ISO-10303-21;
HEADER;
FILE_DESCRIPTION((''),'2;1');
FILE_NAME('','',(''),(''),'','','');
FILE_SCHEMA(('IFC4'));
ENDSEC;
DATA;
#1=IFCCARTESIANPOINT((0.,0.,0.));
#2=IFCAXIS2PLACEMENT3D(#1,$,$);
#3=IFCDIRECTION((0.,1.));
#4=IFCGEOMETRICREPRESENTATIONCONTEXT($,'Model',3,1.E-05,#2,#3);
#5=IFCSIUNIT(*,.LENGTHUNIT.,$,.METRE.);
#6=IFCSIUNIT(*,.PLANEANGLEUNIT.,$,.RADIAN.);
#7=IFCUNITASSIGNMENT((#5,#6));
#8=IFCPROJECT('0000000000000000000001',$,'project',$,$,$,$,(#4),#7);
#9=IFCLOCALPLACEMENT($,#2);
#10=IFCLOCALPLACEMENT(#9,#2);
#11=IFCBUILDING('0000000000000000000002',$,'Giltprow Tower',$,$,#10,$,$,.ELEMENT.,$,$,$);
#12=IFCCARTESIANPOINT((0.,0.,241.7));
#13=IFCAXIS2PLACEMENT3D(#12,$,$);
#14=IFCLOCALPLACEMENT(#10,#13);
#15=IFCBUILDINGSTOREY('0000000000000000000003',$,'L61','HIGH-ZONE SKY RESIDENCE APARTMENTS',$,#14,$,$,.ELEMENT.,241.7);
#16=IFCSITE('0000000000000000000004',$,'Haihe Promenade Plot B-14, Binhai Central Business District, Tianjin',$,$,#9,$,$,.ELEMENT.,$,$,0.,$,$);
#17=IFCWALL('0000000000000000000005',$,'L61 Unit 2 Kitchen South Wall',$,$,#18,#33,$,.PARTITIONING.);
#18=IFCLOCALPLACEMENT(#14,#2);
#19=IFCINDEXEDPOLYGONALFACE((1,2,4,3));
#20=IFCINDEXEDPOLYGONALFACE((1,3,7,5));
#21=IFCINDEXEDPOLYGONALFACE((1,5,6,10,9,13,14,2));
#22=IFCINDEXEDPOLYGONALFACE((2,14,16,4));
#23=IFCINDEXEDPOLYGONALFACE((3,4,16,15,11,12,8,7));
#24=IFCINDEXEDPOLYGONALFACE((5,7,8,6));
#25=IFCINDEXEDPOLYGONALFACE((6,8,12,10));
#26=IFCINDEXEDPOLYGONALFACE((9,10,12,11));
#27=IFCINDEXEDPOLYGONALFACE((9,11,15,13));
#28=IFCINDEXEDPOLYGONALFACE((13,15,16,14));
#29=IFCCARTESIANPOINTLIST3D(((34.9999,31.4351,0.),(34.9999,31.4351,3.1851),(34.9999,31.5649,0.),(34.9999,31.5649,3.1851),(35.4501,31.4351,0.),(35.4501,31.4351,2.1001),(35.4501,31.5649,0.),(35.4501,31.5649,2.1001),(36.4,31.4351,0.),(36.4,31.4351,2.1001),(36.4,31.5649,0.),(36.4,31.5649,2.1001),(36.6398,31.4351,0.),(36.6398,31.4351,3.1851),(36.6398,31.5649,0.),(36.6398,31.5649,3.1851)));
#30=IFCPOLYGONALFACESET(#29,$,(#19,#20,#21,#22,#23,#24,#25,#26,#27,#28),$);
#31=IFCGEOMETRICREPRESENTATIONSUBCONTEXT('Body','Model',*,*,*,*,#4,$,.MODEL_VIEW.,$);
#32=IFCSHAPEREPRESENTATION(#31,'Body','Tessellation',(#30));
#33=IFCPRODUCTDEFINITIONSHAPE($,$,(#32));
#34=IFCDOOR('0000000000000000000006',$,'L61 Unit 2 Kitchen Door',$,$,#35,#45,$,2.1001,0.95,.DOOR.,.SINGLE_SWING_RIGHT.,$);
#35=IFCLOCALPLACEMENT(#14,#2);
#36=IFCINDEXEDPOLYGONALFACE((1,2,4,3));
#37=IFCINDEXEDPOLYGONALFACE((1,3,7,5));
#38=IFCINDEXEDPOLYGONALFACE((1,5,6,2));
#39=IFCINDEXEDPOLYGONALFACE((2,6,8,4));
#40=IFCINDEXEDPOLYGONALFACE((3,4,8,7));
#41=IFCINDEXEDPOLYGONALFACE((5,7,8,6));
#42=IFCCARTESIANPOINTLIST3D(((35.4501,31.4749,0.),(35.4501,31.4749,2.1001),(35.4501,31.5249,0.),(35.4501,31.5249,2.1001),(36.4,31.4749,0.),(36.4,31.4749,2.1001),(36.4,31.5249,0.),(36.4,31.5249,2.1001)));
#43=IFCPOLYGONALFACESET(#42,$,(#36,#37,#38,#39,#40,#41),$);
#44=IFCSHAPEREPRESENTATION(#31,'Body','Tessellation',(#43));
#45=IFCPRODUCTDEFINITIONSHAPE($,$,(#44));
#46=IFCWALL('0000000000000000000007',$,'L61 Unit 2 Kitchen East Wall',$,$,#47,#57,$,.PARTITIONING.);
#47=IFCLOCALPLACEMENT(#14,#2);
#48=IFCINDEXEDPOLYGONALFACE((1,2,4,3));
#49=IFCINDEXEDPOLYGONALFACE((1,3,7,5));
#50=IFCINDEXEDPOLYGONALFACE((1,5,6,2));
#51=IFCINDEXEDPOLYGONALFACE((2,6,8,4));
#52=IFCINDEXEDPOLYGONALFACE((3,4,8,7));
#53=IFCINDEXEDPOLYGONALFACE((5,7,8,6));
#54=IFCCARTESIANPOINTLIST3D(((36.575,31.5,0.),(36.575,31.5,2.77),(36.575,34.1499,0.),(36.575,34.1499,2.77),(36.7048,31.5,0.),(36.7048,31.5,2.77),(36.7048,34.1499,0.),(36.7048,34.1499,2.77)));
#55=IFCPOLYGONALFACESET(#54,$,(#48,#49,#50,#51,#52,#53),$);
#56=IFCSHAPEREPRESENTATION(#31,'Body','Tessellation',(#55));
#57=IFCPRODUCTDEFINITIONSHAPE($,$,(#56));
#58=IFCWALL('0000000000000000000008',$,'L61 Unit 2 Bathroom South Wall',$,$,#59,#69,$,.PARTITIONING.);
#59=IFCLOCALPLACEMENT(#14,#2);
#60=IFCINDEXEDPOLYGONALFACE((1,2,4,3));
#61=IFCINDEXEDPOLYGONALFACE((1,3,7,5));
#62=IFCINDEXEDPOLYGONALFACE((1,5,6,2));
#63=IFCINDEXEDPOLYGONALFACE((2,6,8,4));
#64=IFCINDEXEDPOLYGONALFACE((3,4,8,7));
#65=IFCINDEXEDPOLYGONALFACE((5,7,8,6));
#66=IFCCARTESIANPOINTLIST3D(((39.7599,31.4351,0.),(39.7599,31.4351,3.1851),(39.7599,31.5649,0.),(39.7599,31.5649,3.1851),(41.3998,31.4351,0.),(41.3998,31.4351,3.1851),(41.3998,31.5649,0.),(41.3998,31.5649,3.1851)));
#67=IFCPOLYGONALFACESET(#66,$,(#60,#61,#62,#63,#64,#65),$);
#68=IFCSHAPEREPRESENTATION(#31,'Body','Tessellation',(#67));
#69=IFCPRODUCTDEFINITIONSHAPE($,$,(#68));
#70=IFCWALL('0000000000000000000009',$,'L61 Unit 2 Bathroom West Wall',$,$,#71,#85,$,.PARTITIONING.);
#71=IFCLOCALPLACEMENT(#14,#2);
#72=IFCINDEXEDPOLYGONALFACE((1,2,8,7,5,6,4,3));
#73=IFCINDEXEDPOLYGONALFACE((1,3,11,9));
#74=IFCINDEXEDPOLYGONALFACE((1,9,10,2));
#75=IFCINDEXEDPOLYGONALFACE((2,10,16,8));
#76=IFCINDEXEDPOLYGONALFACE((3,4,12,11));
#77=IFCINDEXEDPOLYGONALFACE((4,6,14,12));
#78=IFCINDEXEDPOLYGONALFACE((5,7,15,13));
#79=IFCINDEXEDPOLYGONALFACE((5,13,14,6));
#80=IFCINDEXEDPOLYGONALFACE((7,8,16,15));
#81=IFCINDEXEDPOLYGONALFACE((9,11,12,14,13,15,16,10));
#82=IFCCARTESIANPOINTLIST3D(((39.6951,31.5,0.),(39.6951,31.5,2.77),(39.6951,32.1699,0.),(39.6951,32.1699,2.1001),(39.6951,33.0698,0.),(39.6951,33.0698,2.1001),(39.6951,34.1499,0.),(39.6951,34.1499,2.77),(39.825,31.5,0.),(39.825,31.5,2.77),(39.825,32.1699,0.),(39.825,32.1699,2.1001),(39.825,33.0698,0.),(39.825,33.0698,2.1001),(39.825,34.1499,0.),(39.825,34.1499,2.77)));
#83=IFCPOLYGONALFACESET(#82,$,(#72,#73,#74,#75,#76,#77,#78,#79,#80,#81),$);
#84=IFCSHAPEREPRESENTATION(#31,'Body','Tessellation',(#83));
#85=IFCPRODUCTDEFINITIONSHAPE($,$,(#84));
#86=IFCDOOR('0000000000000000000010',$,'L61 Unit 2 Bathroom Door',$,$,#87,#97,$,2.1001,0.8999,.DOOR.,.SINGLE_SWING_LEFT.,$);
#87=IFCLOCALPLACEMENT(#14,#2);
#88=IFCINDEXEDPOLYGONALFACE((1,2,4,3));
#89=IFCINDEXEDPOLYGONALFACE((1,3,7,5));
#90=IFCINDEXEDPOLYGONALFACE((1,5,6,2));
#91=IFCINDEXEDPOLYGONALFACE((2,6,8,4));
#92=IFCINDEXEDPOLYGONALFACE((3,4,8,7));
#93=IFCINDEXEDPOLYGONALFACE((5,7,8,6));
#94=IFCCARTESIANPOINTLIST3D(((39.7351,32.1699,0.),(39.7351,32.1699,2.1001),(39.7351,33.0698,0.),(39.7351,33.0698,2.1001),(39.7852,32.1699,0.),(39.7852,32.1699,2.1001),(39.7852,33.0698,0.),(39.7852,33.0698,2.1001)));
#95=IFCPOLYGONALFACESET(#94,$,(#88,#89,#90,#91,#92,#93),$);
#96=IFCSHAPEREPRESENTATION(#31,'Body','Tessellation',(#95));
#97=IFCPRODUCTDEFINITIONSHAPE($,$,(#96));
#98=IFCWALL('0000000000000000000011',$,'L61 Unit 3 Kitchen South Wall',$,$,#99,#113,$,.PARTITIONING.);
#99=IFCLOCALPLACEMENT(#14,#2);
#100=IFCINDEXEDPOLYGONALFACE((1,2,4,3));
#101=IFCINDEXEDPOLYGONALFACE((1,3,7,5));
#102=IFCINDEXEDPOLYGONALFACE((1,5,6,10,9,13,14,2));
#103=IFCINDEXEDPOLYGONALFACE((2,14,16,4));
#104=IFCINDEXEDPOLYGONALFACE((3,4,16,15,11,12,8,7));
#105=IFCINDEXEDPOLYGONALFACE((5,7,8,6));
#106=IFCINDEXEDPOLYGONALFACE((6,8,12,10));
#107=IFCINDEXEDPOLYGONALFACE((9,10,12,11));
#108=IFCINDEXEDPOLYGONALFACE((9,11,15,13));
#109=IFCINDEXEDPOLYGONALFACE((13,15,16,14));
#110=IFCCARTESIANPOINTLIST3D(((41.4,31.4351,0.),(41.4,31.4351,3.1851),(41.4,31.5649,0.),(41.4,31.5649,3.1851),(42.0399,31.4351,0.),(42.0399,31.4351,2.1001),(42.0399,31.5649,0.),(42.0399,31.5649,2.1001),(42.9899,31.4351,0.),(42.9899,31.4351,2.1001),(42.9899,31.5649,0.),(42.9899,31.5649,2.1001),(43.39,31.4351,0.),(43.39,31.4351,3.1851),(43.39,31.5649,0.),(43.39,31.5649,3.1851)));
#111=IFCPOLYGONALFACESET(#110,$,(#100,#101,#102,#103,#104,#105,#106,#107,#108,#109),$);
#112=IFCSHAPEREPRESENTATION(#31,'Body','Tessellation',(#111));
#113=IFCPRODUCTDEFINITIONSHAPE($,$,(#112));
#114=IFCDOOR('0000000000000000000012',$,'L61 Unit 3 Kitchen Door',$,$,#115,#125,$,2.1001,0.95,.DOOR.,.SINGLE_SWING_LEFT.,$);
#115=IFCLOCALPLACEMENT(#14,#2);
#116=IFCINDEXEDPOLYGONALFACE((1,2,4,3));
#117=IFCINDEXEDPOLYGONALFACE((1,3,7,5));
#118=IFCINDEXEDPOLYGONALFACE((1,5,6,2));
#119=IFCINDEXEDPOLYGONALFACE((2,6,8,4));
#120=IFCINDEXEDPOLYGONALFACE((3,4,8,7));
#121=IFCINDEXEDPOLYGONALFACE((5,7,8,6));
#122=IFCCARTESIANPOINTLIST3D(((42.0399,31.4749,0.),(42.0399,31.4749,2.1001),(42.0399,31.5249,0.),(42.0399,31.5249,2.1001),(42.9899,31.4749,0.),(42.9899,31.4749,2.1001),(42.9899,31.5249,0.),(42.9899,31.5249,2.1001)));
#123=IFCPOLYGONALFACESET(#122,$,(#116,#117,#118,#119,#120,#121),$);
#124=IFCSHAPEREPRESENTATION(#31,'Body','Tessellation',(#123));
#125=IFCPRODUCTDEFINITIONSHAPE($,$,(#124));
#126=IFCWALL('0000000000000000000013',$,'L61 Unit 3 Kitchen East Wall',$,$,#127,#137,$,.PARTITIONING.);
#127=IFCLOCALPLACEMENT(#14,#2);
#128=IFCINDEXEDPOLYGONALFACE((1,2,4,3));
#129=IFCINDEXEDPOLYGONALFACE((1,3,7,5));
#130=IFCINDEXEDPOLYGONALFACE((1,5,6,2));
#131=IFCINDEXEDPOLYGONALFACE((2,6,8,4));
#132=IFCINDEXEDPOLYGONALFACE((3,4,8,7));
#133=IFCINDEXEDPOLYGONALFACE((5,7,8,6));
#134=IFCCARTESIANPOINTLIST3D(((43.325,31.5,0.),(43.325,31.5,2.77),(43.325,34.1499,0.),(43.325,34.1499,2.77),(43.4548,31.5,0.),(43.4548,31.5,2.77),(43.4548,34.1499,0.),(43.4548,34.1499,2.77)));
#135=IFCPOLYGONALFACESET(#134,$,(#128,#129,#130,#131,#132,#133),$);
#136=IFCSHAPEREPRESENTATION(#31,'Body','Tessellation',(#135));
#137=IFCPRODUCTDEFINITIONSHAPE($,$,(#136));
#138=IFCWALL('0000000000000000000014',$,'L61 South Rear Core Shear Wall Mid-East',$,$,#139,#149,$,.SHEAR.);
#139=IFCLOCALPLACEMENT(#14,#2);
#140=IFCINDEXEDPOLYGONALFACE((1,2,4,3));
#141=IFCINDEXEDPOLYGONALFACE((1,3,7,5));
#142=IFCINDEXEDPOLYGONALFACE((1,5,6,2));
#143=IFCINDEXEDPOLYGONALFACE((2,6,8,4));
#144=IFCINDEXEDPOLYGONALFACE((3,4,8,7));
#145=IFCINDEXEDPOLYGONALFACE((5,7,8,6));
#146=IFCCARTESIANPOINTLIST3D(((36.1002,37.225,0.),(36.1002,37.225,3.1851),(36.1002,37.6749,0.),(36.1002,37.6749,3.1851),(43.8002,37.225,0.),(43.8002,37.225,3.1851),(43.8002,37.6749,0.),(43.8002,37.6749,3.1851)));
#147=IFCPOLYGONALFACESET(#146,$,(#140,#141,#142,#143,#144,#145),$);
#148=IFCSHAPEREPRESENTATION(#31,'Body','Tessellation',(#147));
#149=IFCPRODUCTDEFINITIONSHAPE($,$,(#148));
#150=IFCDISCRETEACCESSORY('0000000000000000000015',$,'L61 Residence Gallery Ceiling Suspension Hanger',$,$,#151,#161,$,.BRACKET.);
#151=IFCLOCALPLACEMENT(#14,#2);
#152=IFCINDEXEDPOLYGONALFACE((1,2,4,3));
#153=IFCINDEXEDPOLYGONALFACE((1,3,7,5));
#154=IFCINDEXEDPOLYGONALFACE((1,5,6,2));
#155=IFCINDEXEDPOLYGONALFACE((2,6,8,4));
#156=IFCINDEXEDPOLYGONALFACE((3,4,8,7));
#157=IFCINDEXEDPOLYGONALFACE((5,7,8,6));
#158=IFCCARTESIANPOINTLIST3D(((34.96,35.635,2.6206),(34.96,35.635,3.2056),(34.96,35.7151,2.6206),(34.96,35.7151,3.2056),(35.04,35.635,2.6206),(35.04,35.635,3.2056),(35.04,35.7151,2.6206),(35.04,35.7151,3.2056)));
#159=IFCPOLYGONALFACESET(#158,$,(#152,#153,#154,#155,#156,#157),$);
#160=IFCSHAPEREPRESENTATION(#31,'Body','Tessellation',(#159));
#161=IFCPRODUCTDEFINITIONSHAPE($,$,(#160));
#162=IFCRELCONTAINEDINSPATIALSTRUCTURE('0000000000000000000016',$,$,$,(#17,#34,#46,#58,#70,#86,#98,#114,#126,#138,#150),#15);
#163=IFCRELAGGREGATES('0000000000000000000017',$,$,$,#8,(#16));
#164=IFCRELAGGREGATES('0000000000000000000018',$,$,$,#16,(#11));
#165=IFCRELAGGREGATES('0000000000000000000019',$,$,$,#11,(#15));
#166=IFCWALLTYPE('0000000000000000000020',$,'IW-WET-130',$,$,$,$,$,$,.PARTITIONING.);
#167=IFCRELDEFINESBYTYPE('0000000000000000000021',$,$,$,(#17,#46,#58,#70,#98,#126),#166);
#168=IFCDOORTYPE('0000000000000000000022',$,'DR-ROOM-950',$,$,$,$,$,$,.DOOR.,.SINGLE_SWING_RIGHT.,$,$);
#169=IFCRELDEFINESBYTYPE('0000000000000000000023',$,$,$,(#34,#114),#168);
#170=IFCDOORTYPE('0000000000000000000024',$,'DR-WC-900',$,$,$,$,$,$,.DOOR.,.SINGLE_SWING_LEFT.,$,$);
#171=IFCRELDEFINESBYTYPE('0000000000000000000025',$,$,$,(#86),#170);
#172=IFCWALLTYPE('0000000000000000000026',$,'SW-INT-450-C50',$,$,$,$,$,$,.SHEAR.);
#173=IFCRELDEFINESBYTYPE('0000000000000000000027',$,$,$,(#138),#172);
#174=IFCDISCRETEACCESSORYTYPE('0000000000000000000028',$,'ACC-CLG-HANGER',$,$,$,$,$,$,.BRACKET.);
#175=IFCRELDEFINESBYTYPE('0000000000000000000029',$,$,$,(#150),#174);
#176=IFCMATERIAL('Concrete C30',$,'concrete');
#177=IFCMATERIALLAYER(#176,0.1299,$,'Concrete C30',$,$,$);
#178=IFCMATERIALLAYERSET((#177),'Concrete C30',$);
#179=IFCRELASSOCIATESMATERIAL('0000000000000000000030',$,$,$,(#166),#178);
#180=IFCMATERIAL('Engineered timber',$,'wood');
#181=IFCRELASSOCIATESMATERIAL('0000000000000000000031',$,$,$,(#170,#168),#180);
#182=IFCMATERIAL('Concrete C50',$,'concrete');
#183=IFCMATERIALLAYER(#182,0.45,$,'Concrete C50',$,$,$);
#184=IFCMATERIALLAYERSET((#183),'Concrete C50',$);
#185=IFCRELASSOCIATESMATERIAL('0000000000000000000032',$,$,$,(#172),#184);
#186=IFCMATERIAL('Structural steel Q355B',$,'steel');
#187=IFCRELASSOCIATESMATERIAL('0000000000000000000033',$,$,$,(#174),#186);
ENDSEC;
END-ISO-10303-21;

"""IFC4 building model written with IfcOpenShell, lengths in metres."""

from ifc_helpers import new_model, si_unit, direction, frame, frame_2d, origin, origin_2d, place, context, subcontext, project, spatial, rectangle, extrude, source, transform, mapped, material, layer, layer_set, type_object, element, fill, save


model = new_model("IFC4")

# Units and contexts
model_context = context("Model", 3, precision=1e-05, world=origin(), true_north=direction((0.0, 1.0)))
body_context = subcontext(model_context, "Body", "Model", "MODEL_VIEW")
ifc_project = project(units=[si_unit("LENGTHUNIT", "METRE"), si_unit("PLANEANGLEUNIT", "RADIAN")], contexts=[model_context])

# Site, building, storey
site_placement = place(None, origin())
site = spatial("IfcSite", under=ifc_project, at=site_placement, Name="Haihe Promenade Plot B-14, Binhai Central Business District, Tianjin", CompositionType="ELEMENT", RefElevation=0.0)
building_placement = place(site_placement, origin())
building = spatial("IfcBuilding", under=site, at=building_placement, Name="Giltprow Tower", CompositionType="ELEMENT")
storey_placement = place(building_placement, frame((0.0, 0.0, 241.7)))
storey = spatial("IfcBuildingStorey", under=building, at=storey_placement, Name="L61", Description="HIGH-ZONE SKY RESIDENCE APARTMENTS", CompositionType="ELEMENT", Elevation=241.7)

# Shared definitions
ifc_material_1 = material(Name="Concrete C50", Category="concrete")

# Shared definitions
ifc_material_2 = material(Name="Structural steel Q355B", Category="steel")

# Wall, opening, door
ifc_material_3 = material(Name="Concrete C30", Category="concrete")
ifc_layer_1 = layer(ifc_material_3, 0.1299, Name="Concrete C30")
ifc_layer_set_1 = layer_set([ifc_layer_1], Name="Concrete C30")
wall_type_1 = type_object("IfcWallType", Name="IW-WET-130", PredefinedType="PARTITIONING", material=ifc_layer_set_1)
shared_shape_1 = source(origin(), body_context, "Body", "SweptSolid", [
    extrude(rectangle(XDim=0.8999, YDim=2.1001, at=frame_2d((0.45, 1.05))), frame((0.0, 0.0249, 0.0), z_axis=(0.0, -1.0, 0.0), x_axis=(1.0, 0.0, 0.0)), (0.0, 0.0, 1.0), 0.05),
])
ifc_material_4 = material(Name="Engineered timber", Category="wood")
door_type_1 = type_object("IfcDoorType", Name="DR-WC-900", OperationType="SINGLE_SWING_LEFT", PredefinedType="DOOR", material=ifc_material_4)
wall_1_placement = place(storey_placement, frame((35.0, 31.5, 0.0), z_axis=(0.0, 0.0, 1.0), x_axis=(1.0, 0.0, 0.0)))
wall_1 = element("IfcWall", 1, at=wall_1_placement, inside=storey, type_object=wall_type_1, Name="L61 Unit 2 Kitchen South Wall", PredefinedType="PARTITIONING", context=body_context, shape_type="SweptSolid", body=[
    extrude(rectangle(XDim=1.6399, YDim=0.1299, at=frame_2d((0.8198, 0.0))), origin(), (0.0, 0.0, 1.0), 3.1851),
])
opening_1_placement = place(wall_1_placement, frame((0.45, 0.0, 0.0)))
opening_1 = element("IfcOpeningElement", 2, at=opening_1_placement, cuts=wall_1, PredefinedType="OPENING", context=body_context, shape_type="SweptSolid", body=[
    extrude(rectangle(XDim=0.95, YDim=2.1001, at=frame_2d((0.4751, 1.05))), frame((0.0, 0.075, 0.0), z_axis=(0.0, -1.0, 0.0), x_axis=(1.0, 0.0, 0.0)), (0.0, 0.0, 1.0), 0.1499),
])
door_type_2 = type_object("IfcDoorType", Name="DR-ROOM-950", OperationType="SINGLE_SWING_RIGHT", PredefinedType="DOOR", material=ifc_material_4)
shared_shape_2 = source(origin(), body_context, "Body", "SweptSolid", [
    extrude(rectangle(XDim=0.95, YDim=2.1001, at=frame_2d((0.4751, 1.05))), frame((0.0, 0.0249, 0.0), z_axis=(0.0, -1.0, 0.0), x_axis=(1.0, 0.0, 0.0)), (0.0, 0.0, 1.0), 0.05),
])
door_1_placement = place(opening_1_placement, origin())
door_1 = element("IfcDoor", 3, at=door_1_placement, inside=storey, type_object=door_type_2, Name="L61 Unit 2 Kitchen Door", OperationType="SINGLE_SWING_RIGHT", OverallHeight=2.1001, OverallWidth=0.95, PredefinedType="DOOR", context=body_context, shape_type="MappedRepresentation", body=[
    mapped(shared_shape_2, transform((0.0, 0.0, 0.0), x_axis=(1.0, 0.0, 0.0), y_axis=(0.0, 1.0, 0.0), z_axis=(0.0, 0.0, 1.0), scale=1.0)),
])
fill(opening_1, door_1)

# Walls
wall_2_placement = place(storey_placement, frame((36.6399, 31.5, 0.0), z_axis=(0.0, 0.0, 1.0), x_axis=(0.0, 1.0, 0.0)))
element("IfcWall", 4, at=wall_2_placement, inside=storey, type_object=wall_type_1, Name="L61 Unit 2 Kitchen East Wall", PredefinedType="PARTITIONING", context=body_context, shape_type="SweptSolid", body=[
    extrude(rectangle(XDim=2.6499, YDim=0.1299, at=frame_2d((1.325, 0.0))), origin(), (0.0, 0.0, 1.0), 2.77),
])
wall_3_placement = place(storey_placement, frame((39.76, 31.5, 0.0), z_axis=(0.0, 0.0, 1.0), x_axis=(1.0, 0.0, 0.0)))
element("IfcWall", 5, at=wall_3_placement, inside=storey, type_object=wall_type_1, Name="L61 Unit 2 Bathroom South Wall", PredefinedType="PARTITIONING", context=body_context, shape_type="SweptSolid", body=[
    extrude(rectangle(XDim=1.6399, YDim=0.1299, at=frame_2d((0.8198, 0.0))), origin(), (0.0, 0.0, 1.0), 3.1851),
])

# Walls, openings, doors
wall_4_placement = place(storey_placement, frame((39.76, 31.5, 0.0), z_axis=(0.0, 0.0, 1.0), x_axis=(0.0, 1.0, 0.0)))
wall_4 = element("IfcWall", 6, at=wall_4_placement, inside=storey, type_object=wall_type_1, Name="L61 Unit 2 Bathroom West Wall", PredefinedType="PARTITIONING", context=body_context, shape_type="SweptSolid", body=[
    extrude(rectangle(XDim=2.6499, YDim=0.1299, at=frame_2d((1.325, 0.0))), origin(), (0.0, 0.0, 1.0), 2.77),
])
opening_2_placement = place(wall_4_placement, frame((0.6699, 0.0, 0.0)))
opening_2 = element("IfcOpeningElement", 7, at=opening_2_placement, cuts=wall_4, PredefinedType="OPENING", context=body_context, shape_type="SweptSolid", body=[
    extrude(rectangle(XDim=0.8999, YDim=2.1001, at=frame_2d((0.45, 1.05))), frame((0.0, 0.075, 0.0), z_axis=(0.0, -1.0, 0.0), x_axis=(1.0, 0.0, 0.0)), (0.0, 0.0, 1.0), 0.1499),
])
door_2_placement = place(opening_2_placement, origin())
door_2 = element("IfcDoor", 8, at=door_2_placement, inside=storey, type_object=door_type_1, Name="L61 Unit 2 Bathroom Door", OperationType="SINGLE_SWING_LEFT", OverallHeight=2.1001, OverallWidth=0.8999, PredefinedType="DOOR", context=body_context, shape_type="MappedRepresentation", body=[
    mapped(shared_shape_1, transform((0.0, 0.0, 0.0), x_axis=(1.0, 0.0, 0.0), y_axis=(0.0, 1.0, 0.0), z_axis=(0.0, 0.0, 1.0), scale=1.0)),
])
fill(opening_2, door_2)
wall_5_placement = place(storey_placement, frame((41.3999, 31.5, 0.0), z_axis=(0.0, 0.0, 1.0), x_axis=(1.0, 0.0, 0.0)))
wall_5 = element("IfcWall", 9, at=wall_5_placement, inside=storey, type_object=wall_type_1, Name="L61 Unit 3 Kitchen South Wall", PredefinedType="PARTITIONING", context=body_context, shape_type="SweptSolid", body=[
    extrude(rectangle(XDim=1.99, YDim=0.1299, at=frame_2d((0.9951, 0.0))), origin(), (0.0, 0.0, 1.0), 3.1851),
])
opening_3_placement = place(wall_5_placement, frame((0.6399, 0.0, 0.0)))
opening_3 = element("IfcOpeningElement", 10, at=opening_3_placement, cuts=wall_5, PredefinedType="OPENING", context=body_context, shape_type="SweptSolid", body=[
    extrude(rectangle(XDim=0.95, YDim=2.1001, at=frame_2d((0.4751, 1.05))), frame((0.0, 0.075, 0.0), z_axis=(0.0, -1.0, 0.0), x_axis=(1.0, 0.0, 0.0)), (0.0, 0.0, 1.0), 0.1499),
])
door_3_placement = place(opening_3_placement, origin())
door_3 = element("IfcDoor", 11, at=door_3_placement, inside=storey, type_object=door_type_2, Name="L61 Unit 3 Kitchen Door", OperationType="SINGLE_SWING_LEFT", OverallHeight=2.1001, OverallWidth=0.95, PredefinedType="DOOR", context=body_context, shape_type="MappedRepresentation", body=[
    mapped(shared_shape_2, transform((0.0, 0.0, 0.0), x_axis=(1.0, 0.0, 0.0), y_axis=(0.0, 1.0, 0.0), z_axis=(0.0, 0.0, 1.0), scale=1.0)),
])
fill(opening_3, door_3)

# Walls
wall_6_placement = place(storey_placement, frame((43.3899, 31.5, 0.0), z_axis=(0.0, 0.0, 1.0), x_axis=(0.0, 1.0, 0.0)))
element("IfcWall", 12, at=wall_6_placement, inside=storey, type_object=wall_type_1, Name="L61 Unit 3 Kitchen East Wall", PredefinedType="PARTITIONING", context=body_context, shape_type="SweptSolid", body=[
    extrude(rectangle(XDim=2.6499, YDim=0.1299, at=frame_2d((1.325, 0.0))), origin(), (0.0, 0.0, 1.0), 2.77),
])
ifc_layer_2 = layer(ifc_material_1, 0.45, Name="Concrete C50")
ifc_layer_set_2 = layer_set([ifc_layer_2], Name="Concrete C50")
wall_type_2 = type_object("IfcWallType", Name="SW-INT-450-C50", PredefinedType="SHEAR", material=ifc_layer_set_2)
wall_7_placement = place(storey_placement, frame((36.1001, 37.45, 0.0), z_axis=(0.0, 0.0, 1.0), x_axis=(1.0, 0.0, 0.0)))
element("IfcWall", 13, at=wall_7_placement, inside=storey, type_object=wall_type_2, Name="L61 South Rear Core Shear Wall Mid-East", PredefinedType="SHEAR", context=body_context, shape_type="SweptSolid", body=[
    extrude(rectangle(XDim=7.7, YDim=0.45, at=frame_2d((3.8501, 0.0))), origin(), (0.0, 0.0, 1.0), 3.1851),
])

# Discrete accessory
discrete_accessory_type = type_object("IfcDiscreteAccessoryType", Name="ACC-CLG-HANGER", PredefinedType="BRACKET", material=ifc_material_2)
shared_shape_3 = source(origin(), body_context, "Body", "SweptSolid", [
    extrude(rectangle(XDim=0.0801, YDim=0.0801, at=origin_2d()), origin(), (0.0, 0.0, 1.0), 0.585),
])
discrete_accessory_placement = place(storey_placement, frame((35.0, 35.675, 2.6206), z_axis=(0.0, 0.0, 1.0), x_axis=(1.0, 0.0, 0.0)))
element("IfcDiscreteAccessory", 14, at=discrete_accessory_placement, inside=storey, type_object=discrete_accessory_type, Name="L61 Residence Gallery Ceiling Suspension Hanger", PredefinedType="BRACKET", context=body_context, shape_type="MappedRepresentation", body=[
    mapped(shared_shape_3, transform((0.0, 0.0, 0.0), x_axis=(1.0, 0.0, 0.0), y_axis=(0.0, 1.0, 0.0), z_axis=(0.0, 0.0, 1.0), scale=1.0)),
])

save(model, "model.ifc")
